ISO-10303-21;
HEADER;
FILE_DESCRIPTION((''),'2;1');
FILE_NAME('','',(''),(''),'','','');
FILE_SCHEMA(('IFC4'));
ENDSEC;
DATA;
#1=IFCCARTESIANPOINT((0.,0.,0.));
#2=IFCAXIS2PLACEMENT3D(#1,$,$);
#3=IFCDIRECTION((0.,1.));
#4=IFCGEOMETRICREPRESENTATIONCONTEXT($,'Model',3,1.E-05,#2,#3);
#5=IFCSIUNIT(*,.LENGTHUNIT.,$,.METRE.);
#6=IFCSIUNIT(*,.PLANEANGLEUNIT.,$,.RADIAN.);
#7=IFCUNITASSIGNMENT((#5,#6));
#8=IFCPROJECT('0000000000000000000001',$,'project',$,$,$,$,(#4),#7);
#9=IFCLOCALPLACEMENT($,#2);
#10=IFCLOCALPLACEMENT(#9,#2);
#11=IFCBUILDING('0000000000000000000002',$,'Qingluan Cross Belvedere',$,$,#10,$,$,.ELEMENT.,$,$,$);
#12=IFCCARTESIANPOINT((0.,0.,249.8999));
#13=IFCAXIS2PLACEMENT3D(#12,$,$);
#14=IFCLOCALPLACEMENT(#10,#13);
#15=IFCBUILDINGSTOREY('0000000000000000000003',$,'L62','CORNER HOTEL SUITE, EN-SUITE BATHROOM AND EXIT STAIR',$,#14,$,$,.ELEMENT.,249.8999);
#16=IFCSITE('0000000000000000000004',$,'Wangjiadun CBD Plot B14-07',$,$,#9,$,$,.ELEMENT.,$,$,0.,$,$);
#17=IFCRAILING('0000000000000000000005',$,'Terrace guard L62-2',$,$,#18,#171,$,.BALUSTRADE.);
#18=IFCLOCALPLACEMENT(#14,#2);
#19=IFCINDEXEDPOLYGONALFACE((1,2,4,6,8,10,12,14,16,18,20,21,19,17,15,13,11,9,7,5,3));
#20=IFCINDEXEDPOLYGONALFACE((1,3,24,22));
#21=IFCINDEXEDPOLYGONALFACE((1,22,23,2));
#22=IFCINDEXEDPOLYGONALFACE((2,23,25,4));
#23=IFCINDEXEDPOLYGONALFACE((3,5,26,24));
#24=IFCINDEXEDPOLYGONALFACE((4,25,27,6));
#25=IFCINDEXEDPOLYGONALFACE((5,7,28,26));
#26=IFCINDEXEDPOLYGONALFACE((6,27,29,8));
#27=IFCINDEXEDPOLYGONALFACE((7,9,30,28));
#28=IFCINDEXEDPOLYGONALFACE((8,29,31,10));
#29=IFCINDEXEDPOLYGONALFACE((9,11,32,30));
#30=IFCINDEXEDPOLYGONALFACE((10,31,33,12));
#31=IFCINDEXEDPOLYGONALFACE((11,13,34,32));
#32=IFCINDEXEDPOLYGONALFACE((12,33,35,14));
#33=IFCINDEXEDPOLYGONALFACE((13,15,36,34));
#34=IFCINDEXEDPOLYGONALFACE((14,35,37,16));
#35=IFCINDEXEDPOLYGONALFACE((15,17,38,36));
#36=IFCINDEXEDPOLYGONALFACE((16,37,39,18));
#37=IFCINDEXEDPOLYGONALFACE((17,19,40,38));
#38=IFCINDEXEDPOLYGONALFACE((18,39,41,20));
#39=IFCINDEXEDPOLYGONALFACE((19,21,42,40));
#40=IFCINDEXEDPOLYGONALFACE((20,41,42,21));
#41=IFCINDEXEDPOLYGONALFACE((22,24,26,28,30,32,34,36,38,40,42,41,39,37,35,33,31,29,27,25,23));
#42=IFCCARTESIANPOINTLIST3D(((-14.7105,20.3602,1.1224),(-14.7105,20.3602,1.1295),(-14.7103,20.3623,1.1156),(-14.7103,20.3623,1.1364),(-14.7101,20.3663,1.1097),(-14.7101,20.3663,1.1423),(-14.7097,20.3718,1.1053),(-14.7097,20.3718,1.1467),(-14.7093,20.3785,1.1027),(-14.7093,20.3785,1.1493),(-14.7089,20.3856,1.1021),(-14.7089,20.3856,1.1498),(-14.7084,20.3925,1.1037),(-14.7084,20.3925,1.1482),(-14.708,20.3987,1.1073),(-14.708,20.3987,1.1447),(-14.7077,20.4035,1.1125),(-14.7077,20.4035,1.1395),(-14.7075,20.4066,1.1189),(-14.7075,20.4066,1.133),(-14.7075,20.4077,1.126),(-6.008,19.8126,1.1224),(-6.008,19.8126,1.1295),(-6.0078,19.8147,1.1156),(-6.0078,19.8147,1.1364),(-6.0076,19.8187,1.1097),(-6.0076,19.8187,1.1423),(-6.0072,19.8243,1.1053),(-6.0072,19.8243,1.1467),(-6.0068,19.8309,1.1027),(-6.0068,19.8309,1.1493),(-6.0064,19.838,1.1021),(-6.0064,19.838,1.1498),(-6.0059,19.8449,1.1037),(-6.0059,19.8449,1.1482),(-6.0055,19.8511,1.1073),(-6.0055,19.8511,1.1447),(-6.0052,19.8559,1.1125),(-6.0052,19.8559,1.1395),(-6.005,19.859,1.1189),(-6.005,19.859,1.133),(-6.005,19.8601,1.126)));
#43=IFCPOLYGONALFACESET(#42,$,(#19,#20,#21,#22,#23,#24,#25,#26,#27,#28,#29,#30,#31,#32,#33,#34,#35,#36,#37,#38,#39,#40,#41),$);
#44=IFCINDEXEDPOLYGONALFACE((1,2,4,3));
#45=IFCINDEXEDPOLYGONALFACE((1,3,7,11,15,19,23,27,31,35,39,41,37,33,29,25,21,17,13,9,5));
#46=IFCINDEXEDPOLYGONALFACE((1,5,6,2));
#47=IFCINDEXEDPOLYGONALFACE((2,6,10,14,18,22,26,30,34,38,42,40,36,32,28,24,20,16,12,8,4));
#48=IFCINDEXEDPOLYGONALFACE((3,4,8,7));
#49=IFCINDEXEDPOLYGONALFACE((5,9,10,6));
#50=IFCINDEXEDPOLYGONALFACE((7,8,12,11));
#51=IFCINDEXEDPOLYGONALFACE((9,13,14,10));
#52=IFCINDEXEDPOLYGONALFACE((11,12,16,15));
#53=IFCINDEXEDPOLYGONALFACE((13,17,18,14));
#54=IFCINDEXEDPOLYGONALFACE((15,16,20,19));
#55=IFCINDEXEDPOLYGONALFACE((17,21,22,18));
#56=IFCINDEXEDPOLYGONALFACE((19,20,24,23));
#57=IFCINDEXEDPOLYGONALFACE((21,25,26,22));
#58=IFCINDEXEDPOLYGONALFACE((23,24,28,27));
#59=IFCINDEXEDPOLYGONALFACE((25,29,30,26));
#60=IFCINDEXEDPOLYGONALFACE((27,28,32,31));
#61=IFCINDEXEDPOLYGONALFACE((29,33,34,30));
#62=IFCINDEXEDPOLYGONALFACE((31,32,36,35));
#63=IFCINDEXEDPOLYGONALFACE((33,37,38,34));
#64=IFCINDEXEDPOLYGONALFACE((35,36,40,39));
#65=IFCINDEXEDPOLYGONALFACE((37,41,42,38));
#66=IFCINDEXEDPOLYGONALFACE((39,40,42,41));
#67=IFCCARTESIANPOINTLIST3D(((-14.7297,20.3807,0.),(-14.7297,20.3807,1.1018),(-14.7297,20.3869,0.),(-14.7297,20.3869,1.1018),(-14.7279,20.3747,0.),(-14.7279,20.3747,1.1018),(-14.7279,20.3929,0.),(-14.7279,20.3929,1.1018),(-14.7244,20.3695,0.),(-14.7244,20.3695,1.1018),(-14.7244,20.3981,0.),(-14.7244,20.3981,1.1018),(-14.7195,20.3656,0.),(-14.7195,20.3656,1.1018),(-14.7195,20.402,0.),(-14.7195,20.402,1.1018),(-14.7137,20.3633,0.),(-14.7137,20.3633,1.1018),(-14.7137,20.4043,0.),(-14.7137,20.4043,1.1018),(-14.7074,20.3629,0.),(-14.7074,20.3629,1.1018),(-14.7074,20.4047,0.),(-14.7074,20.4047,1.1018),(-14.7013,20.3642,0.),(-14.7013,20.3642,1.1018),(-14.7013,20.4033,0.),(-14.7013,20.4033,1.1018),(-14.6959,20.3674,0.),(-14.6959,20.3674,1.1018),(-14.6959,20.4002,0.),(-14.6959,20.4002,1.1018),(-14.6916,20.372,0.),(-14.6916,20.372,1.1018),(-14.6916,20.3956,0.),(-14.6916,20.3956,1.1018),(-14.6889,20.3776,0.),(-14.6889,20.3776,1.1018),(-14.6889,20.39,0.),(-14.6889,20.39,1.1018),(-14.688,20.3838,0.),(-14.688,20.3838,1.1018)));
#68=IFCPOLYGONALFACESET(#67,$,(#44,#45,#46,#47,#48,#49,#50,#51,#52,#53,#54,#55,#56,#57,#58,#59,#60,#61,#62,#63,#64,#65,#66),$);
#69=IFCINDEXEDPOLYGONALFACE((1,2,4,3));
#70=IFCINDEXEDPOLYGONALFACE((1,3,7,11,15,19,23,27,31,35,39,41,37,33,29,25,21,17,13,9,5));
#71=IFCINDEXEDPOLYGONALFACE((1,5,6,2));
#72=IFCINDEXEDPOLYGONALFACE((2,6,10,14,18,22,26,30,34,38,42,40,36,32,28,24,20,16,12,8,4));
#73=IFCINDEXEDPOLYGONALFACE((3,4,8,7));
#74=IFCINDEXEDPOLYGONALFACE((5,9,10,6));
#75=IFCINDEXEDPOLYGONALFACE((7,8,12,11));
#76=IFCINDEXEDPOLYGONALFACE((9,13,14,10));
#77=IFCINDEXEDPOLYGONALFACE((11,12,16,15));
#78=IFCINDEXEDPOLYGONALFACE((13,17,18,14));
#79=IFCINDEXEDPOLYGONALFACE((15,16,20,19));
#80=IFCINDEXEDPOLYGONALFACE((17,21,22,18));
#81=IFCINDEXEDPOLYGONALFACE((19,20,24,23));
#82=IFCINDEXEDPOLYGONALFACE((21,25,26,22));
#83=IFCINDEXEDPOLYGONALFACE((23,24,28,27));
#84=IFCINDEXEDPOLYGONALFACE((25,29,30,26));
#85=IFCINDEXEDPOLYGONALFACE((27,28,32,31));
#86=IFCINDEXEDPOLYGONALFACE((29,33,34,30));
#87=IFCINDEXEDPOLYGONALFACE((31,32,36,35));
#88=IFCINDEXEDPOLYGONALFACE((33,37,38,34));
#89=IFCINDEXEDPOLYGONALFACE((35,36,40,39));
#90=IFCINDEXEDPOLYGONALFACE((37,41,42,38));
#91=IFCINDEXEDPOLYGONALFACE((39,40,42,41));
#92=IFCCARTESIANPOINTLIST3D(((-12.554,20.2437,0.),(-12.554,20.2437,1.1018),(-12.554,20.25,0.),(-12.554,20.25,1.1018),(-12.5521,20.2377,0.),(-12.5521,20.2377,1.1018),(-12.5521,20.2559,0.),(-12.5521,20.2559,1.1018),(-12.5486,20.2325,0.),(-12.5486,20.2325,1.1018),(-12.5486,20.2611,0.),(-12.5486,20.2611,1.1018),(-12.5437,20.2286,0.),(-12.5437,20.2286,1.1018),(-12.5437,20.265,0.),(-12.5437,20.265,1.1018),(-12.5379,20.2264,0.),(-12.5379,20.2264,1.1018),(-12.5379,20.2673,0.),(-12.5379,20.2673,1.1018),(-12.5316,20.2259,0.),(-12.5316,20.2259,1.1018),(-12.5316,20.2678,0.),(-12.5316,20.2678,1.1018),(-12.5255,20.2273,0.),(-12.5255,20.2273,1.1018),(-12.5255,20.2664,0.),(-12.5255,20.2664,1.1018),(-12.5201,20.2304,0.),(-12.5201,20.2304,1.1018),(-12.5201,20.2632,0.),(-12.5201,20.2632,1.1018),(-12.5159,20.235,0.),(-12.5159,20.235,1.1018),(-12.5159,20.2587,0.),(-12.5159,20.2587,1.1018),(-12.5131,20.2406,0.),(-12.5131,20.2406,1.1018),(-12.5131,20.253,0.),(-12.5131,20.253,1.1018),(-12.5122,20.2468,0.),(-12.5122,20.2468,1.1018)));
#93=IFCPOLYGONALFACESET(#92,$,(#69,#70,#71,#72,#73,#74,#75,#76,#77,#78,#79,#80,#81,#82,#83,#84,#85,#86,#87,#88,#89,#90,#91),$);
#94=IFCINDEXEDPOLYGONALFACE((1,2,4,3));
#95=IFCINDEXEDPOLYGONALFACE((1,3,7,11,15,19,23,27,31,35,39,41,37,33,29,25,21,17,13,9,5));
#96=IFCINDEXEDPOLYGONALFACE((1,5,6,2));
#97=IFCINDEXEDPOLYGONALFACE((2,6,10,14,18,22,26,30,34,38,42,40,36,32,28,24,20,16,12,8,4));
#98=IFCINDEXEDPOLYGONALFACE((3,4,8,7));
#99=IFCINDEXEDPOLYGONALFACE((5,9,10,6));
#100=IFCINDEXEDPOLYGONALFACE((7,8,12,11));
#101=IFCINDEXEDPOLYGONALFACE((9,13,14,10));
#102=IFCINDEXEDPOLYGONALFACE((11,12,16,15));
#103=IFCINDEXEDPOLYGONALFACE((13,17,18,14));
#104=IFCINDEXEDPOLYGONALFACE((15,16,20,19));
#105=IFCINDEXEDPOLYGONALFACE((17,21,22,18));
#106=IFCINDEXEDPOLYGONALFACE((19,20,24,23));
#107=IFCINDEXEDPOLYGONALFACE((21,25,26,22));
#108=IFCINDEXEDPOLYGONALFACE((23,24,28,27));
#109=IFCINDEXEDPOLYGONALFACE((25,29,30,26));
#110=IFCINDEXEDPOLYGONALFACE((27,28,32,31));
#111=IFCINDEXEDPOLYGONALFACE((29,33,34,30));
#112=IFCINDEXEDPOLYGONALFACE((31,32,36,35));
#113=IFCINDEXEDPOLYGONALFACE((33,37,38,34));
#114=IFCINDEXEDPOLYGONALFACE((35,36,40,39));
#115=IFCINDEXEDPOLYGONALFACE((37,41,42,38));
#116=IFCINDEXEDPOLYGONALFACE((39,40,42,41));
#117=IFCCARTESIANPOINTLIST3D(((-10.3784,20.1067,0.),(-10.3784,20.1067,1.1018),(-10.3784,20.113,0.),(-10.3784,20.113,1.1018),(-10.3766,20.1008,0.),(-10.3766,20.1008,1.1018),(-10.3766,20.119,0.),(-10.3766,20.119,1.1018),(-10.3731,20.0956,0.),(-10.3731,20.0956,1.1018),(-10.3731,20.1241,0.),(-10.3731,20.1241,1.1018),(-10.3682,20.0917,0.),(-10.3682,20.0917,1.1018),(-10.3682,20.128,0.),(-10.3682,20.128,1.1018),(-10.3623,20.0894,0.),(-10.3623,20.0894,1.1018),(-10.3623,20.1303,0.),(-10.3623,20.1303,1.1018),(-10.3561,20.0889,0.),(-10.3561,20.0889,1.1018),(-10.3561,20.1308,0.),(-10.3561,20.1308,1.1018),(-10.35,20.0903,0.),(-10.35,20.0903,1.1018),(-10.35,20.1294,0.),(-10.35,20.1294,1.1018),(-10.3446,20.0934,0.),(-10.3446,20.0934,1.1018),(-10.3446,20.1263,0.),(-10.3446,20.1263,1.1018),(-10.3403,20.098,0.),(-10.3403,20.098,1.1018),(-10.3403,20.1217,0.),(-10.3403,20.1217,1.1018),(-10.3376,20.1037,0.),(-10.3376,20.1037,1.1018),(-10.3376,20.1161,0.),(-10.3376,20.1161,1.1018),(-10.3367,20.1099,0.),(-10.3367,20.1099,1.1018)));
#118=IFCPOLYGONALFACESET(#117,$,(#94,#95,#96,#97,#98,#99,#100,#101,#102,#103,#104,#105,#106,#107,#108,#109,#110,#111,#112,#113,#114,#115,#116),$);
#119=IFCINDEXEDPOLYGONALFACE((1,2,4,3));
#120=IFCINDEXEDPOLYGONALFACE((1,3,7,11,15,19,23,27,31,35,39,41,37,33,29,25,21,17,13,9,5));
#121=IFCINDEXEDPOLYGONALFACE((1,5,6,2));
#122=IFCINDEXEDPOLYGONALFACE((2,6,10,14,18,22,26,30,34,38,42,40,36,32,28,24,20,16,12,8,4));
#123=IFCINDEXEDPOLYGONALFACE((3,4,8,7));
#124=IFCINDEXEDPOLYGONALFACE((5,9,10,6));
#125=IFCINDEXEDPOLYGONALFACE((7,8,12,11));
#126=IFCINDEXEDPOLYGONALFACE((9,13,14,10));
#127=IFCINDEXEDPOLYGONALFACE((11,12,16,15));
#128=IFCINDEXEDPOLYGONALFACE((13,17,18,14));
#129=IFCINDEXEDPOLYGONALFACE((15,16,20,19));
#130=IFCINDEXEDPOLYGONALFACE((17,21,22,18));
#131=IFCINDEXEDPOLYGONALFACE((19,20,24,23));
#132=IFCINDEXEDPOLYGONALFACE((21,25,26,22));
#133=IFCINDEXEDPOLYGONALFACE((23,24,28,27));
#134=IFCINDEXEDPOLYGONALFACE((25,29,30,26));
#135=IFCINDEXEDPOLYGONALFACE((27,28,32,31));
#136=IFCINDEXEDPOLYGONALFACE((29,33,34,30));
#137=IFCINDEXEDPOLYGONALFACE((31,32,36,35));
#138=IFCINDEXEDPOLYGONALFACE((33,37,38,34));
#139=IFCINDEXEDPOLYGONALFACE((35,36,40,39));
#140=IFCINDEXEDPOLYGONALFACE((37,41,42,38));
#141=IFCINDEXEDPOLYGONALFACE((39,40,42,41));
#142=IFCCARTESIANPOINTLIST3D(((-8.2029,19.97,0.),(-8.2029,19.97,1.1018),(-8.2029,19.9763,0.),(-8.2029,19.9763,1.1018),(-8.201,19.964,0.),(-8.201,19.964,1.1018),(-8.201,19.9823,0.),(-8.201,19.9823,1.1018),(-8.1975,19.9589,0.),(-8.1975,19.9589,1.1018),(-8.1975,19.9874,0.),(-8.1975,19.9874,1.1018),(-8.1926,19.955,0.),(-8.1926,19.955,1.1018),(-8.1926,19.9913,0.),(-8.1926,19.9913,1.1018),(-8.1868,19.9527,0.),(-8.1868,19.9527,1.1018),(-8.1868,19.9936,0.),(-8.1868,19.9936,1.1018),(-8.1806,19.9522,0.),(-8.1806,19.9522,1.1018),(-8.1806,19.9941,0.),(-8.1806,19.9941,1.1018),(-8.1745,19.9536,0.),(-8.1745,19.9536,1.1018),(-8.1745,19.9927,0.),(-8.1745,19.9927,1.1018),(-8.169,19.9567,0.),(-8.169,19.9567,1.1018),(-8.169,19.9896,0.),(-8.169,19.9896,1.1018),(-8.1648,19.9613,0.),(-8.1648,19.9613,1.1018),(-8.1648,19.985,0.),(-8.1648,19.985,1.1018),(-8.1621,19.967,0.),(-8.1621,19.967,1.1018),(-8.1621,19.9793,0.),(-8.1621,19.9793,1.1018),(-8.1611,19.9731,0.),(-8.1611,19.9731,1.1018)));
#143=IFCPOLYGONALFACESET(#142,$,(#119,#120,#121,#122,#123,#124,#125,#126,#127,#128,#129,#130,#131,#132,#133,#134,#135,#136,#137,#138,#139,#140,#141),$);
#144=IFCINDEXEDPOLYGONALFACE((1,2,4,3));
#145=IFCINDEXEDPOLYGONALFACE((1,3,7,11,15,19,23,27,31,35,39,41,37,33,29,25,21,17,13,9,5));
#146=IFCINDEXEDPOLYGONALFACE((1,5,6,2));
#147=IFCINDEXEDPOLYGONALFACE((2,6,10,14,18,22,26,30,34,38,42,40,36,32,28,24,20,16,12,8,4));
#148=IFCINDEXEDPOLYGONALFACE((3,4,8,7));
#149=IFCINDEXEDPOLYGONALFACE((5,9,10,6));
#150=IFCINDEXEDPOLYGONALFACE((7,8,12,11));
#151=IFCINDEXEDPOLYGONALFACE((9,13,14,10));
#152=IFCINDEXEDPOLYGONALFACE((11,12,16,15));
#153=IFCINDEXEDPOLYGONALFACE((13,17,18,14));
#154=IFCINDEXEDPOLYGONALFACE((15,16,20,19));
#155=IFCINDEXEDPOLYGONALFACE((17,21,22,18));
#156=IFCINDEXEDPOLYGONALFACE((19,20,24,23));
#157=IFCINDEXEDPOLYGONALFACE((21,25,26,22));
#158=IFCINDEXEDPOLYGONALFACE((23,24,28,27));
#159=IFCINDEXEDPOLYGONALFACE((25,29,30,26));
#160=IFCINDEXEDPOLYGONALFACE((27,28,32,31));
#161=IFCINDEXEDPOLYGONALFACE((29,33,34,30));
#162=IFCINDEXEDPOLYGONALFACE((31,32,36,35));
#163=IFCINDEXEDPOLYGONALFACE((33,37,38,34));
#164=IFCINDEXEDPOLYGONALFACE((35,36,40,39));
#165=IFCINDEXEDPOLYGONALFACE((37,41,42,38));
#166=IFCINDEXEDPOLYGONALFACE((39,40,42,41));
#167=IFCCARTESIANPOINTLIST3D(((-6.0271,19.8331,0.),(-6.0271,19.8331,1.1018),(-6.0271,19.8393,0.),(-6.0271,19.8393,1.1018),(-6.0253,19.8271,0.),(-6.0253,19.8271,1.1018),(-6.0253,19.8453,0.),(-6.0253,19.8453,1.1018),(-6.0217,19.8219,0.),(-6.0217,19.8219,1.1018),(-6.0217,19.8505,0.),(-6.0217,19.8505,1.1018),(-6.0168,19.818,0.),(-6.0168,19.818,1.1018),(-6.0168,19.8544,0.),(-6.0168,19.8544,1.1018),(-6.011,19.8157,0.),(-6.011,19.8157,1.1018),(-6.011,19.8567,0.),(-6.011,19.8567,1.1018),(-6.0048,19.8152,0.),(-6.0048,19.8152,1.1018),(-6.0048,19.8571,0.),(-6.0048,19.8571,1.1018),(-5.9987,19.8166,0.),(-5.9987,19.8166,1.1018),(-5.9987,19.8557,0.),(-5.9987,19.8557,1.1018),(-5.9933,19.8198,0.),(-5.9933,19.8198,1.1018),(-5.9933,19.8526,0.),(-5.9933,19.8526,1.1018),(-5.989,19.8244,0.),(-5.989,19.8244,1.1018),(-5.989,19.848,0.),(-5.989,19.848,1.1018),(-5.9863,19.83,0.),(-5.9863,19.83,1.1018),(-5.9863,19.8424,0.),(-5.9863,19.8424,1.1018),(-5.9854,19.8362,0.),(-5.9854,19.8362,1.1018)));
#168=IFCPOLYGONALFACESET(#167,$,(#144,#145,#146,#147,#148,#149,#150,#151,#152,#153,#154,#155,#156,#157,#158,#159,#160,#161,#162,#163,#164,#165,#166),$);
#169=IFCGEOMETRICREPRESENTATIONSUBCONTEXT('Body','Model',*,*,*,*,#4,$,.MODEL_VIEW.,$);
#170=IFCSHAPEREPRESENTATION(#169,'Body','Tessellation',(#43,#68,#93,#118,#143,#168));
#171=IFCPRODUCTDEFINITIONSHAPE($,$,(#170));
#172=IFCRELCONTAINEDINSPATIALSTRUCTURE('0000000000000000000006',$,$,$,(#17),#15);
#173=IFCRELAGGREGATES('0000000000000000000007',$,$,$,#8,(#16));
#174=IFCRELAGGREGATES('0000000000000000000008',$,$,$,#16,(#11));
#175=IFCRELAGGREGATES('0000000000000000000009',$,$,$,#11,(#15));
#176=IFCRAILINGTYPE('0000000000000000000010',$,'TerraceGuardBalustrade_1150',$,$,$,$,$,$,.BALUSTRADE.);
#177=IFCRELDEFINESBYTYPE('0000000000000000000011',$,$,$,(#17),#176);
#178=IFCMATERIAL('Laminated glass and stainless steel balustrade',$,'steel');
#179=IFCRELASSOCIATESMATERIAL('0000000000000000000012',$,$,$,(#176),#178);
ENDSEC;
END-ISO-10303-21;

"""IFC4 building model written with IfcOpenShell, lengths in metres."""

from ifc_helpers import new_model, si_unit, direction, frame, origin, origin_2d, place, context, subcontext, project, spatial, circle, extrude, material, type_object, element, save


model = new_model("IFC4")

# Units and contexts
model_context = context("Model", 3, precision=1e-05, world=origin(), true_north=direction((0.0, 1.0)))
body_context = subcontext(model_context, "Body", "Model", "MODEL_VIEW")
ifc_project = project(units=[si_unit("LENGTHUNIT", "METRE"), si_unit("PLANEANGLEUNIT", "RADIAN")], contexts=[model_context])

# Site, building, storey
site_placement = place(None, origin())
site = spatial("IfcSite", under=ifc_project, at=site_placement, Name="Wangjiadun CBD Plot B14-07", CompositionType="ELEMENT", RefElevation=0.0)
building_placement = place(site_placement, origin())
building = spatial("IfcBuilding", under=site, at=building_placement, Name="Qingluan Cross Belvedere", CompositionType="ELEMENT")
storey_placement = place(building_placement, frame((0.0, 0.0, 249.8999)))
storey = spatial("IfcBuildingStorey", under=building, at=storey_placement, Name="L62", Description="CORNER HOTEL SUITE, EN-SUITE BATHROOM AND EXIT STAIR", CompositionType="ELEMENT", Elevation=249.8999)

# Railing
ifc_material_1 = material(Name="Laminated glass and stainless steel balustrade", Category="steel")
railing_type = type_object("IfcRailingType", Name="TerraceGuardBalustrade_1150", PredefinedType="BALUSTRADE", material=ifc_material_1)
railing_1_placement = place(storey_placement, frame((-14.709, 20.3838, 0.0)))
element("IfcRailing", 1, at=railing_1_placement, inside=storey, type_object=railing_type, Name="Terrace guard L62-2", PredefinedType="BALUSTRADE", context=body_context, shape_type="SweptSolid", body=[
    extrude(circle(Radius=0.0239, at=origin_2d()), frame((0.0, 0.0, 1.126), z_axis=(0.998026, -0.0628, 0.0), x_axis=(0.0628, 0.998026, 0.0)), (0.0, 0.0, 1.0), 8.7197),
    extrude(circle(Radius=0.021, at=origin_2d()), origin(), (0.0, 0.0, 1.0), 1.1018),
    extrude(circle(Radius=0.021, at=origin_2d()), frame((2.1758, -0.137, 0.0)), (0.0, 0.0, 1.0), 1.1018),
    extrude(circle(Radius=0.021, at=origin_2d()), frame((4.3513, -0.2739, 0.0)), (0.0, 0.0, 1.0), 1.1018),
    extrude(circle(Radius=0.021, at=origin_2d()), frame((6.5269, -0.4106, 0.0)), (0.0, 0.0, 1.0), 1.1018),
    extrude(circle(Radius=0.021, at=origin_2d()), frame((8.7026, -0.5476, 0.0)), (0.0, 0.0, 1.0), 1.1018),
])

save(model, "model.ifc")
